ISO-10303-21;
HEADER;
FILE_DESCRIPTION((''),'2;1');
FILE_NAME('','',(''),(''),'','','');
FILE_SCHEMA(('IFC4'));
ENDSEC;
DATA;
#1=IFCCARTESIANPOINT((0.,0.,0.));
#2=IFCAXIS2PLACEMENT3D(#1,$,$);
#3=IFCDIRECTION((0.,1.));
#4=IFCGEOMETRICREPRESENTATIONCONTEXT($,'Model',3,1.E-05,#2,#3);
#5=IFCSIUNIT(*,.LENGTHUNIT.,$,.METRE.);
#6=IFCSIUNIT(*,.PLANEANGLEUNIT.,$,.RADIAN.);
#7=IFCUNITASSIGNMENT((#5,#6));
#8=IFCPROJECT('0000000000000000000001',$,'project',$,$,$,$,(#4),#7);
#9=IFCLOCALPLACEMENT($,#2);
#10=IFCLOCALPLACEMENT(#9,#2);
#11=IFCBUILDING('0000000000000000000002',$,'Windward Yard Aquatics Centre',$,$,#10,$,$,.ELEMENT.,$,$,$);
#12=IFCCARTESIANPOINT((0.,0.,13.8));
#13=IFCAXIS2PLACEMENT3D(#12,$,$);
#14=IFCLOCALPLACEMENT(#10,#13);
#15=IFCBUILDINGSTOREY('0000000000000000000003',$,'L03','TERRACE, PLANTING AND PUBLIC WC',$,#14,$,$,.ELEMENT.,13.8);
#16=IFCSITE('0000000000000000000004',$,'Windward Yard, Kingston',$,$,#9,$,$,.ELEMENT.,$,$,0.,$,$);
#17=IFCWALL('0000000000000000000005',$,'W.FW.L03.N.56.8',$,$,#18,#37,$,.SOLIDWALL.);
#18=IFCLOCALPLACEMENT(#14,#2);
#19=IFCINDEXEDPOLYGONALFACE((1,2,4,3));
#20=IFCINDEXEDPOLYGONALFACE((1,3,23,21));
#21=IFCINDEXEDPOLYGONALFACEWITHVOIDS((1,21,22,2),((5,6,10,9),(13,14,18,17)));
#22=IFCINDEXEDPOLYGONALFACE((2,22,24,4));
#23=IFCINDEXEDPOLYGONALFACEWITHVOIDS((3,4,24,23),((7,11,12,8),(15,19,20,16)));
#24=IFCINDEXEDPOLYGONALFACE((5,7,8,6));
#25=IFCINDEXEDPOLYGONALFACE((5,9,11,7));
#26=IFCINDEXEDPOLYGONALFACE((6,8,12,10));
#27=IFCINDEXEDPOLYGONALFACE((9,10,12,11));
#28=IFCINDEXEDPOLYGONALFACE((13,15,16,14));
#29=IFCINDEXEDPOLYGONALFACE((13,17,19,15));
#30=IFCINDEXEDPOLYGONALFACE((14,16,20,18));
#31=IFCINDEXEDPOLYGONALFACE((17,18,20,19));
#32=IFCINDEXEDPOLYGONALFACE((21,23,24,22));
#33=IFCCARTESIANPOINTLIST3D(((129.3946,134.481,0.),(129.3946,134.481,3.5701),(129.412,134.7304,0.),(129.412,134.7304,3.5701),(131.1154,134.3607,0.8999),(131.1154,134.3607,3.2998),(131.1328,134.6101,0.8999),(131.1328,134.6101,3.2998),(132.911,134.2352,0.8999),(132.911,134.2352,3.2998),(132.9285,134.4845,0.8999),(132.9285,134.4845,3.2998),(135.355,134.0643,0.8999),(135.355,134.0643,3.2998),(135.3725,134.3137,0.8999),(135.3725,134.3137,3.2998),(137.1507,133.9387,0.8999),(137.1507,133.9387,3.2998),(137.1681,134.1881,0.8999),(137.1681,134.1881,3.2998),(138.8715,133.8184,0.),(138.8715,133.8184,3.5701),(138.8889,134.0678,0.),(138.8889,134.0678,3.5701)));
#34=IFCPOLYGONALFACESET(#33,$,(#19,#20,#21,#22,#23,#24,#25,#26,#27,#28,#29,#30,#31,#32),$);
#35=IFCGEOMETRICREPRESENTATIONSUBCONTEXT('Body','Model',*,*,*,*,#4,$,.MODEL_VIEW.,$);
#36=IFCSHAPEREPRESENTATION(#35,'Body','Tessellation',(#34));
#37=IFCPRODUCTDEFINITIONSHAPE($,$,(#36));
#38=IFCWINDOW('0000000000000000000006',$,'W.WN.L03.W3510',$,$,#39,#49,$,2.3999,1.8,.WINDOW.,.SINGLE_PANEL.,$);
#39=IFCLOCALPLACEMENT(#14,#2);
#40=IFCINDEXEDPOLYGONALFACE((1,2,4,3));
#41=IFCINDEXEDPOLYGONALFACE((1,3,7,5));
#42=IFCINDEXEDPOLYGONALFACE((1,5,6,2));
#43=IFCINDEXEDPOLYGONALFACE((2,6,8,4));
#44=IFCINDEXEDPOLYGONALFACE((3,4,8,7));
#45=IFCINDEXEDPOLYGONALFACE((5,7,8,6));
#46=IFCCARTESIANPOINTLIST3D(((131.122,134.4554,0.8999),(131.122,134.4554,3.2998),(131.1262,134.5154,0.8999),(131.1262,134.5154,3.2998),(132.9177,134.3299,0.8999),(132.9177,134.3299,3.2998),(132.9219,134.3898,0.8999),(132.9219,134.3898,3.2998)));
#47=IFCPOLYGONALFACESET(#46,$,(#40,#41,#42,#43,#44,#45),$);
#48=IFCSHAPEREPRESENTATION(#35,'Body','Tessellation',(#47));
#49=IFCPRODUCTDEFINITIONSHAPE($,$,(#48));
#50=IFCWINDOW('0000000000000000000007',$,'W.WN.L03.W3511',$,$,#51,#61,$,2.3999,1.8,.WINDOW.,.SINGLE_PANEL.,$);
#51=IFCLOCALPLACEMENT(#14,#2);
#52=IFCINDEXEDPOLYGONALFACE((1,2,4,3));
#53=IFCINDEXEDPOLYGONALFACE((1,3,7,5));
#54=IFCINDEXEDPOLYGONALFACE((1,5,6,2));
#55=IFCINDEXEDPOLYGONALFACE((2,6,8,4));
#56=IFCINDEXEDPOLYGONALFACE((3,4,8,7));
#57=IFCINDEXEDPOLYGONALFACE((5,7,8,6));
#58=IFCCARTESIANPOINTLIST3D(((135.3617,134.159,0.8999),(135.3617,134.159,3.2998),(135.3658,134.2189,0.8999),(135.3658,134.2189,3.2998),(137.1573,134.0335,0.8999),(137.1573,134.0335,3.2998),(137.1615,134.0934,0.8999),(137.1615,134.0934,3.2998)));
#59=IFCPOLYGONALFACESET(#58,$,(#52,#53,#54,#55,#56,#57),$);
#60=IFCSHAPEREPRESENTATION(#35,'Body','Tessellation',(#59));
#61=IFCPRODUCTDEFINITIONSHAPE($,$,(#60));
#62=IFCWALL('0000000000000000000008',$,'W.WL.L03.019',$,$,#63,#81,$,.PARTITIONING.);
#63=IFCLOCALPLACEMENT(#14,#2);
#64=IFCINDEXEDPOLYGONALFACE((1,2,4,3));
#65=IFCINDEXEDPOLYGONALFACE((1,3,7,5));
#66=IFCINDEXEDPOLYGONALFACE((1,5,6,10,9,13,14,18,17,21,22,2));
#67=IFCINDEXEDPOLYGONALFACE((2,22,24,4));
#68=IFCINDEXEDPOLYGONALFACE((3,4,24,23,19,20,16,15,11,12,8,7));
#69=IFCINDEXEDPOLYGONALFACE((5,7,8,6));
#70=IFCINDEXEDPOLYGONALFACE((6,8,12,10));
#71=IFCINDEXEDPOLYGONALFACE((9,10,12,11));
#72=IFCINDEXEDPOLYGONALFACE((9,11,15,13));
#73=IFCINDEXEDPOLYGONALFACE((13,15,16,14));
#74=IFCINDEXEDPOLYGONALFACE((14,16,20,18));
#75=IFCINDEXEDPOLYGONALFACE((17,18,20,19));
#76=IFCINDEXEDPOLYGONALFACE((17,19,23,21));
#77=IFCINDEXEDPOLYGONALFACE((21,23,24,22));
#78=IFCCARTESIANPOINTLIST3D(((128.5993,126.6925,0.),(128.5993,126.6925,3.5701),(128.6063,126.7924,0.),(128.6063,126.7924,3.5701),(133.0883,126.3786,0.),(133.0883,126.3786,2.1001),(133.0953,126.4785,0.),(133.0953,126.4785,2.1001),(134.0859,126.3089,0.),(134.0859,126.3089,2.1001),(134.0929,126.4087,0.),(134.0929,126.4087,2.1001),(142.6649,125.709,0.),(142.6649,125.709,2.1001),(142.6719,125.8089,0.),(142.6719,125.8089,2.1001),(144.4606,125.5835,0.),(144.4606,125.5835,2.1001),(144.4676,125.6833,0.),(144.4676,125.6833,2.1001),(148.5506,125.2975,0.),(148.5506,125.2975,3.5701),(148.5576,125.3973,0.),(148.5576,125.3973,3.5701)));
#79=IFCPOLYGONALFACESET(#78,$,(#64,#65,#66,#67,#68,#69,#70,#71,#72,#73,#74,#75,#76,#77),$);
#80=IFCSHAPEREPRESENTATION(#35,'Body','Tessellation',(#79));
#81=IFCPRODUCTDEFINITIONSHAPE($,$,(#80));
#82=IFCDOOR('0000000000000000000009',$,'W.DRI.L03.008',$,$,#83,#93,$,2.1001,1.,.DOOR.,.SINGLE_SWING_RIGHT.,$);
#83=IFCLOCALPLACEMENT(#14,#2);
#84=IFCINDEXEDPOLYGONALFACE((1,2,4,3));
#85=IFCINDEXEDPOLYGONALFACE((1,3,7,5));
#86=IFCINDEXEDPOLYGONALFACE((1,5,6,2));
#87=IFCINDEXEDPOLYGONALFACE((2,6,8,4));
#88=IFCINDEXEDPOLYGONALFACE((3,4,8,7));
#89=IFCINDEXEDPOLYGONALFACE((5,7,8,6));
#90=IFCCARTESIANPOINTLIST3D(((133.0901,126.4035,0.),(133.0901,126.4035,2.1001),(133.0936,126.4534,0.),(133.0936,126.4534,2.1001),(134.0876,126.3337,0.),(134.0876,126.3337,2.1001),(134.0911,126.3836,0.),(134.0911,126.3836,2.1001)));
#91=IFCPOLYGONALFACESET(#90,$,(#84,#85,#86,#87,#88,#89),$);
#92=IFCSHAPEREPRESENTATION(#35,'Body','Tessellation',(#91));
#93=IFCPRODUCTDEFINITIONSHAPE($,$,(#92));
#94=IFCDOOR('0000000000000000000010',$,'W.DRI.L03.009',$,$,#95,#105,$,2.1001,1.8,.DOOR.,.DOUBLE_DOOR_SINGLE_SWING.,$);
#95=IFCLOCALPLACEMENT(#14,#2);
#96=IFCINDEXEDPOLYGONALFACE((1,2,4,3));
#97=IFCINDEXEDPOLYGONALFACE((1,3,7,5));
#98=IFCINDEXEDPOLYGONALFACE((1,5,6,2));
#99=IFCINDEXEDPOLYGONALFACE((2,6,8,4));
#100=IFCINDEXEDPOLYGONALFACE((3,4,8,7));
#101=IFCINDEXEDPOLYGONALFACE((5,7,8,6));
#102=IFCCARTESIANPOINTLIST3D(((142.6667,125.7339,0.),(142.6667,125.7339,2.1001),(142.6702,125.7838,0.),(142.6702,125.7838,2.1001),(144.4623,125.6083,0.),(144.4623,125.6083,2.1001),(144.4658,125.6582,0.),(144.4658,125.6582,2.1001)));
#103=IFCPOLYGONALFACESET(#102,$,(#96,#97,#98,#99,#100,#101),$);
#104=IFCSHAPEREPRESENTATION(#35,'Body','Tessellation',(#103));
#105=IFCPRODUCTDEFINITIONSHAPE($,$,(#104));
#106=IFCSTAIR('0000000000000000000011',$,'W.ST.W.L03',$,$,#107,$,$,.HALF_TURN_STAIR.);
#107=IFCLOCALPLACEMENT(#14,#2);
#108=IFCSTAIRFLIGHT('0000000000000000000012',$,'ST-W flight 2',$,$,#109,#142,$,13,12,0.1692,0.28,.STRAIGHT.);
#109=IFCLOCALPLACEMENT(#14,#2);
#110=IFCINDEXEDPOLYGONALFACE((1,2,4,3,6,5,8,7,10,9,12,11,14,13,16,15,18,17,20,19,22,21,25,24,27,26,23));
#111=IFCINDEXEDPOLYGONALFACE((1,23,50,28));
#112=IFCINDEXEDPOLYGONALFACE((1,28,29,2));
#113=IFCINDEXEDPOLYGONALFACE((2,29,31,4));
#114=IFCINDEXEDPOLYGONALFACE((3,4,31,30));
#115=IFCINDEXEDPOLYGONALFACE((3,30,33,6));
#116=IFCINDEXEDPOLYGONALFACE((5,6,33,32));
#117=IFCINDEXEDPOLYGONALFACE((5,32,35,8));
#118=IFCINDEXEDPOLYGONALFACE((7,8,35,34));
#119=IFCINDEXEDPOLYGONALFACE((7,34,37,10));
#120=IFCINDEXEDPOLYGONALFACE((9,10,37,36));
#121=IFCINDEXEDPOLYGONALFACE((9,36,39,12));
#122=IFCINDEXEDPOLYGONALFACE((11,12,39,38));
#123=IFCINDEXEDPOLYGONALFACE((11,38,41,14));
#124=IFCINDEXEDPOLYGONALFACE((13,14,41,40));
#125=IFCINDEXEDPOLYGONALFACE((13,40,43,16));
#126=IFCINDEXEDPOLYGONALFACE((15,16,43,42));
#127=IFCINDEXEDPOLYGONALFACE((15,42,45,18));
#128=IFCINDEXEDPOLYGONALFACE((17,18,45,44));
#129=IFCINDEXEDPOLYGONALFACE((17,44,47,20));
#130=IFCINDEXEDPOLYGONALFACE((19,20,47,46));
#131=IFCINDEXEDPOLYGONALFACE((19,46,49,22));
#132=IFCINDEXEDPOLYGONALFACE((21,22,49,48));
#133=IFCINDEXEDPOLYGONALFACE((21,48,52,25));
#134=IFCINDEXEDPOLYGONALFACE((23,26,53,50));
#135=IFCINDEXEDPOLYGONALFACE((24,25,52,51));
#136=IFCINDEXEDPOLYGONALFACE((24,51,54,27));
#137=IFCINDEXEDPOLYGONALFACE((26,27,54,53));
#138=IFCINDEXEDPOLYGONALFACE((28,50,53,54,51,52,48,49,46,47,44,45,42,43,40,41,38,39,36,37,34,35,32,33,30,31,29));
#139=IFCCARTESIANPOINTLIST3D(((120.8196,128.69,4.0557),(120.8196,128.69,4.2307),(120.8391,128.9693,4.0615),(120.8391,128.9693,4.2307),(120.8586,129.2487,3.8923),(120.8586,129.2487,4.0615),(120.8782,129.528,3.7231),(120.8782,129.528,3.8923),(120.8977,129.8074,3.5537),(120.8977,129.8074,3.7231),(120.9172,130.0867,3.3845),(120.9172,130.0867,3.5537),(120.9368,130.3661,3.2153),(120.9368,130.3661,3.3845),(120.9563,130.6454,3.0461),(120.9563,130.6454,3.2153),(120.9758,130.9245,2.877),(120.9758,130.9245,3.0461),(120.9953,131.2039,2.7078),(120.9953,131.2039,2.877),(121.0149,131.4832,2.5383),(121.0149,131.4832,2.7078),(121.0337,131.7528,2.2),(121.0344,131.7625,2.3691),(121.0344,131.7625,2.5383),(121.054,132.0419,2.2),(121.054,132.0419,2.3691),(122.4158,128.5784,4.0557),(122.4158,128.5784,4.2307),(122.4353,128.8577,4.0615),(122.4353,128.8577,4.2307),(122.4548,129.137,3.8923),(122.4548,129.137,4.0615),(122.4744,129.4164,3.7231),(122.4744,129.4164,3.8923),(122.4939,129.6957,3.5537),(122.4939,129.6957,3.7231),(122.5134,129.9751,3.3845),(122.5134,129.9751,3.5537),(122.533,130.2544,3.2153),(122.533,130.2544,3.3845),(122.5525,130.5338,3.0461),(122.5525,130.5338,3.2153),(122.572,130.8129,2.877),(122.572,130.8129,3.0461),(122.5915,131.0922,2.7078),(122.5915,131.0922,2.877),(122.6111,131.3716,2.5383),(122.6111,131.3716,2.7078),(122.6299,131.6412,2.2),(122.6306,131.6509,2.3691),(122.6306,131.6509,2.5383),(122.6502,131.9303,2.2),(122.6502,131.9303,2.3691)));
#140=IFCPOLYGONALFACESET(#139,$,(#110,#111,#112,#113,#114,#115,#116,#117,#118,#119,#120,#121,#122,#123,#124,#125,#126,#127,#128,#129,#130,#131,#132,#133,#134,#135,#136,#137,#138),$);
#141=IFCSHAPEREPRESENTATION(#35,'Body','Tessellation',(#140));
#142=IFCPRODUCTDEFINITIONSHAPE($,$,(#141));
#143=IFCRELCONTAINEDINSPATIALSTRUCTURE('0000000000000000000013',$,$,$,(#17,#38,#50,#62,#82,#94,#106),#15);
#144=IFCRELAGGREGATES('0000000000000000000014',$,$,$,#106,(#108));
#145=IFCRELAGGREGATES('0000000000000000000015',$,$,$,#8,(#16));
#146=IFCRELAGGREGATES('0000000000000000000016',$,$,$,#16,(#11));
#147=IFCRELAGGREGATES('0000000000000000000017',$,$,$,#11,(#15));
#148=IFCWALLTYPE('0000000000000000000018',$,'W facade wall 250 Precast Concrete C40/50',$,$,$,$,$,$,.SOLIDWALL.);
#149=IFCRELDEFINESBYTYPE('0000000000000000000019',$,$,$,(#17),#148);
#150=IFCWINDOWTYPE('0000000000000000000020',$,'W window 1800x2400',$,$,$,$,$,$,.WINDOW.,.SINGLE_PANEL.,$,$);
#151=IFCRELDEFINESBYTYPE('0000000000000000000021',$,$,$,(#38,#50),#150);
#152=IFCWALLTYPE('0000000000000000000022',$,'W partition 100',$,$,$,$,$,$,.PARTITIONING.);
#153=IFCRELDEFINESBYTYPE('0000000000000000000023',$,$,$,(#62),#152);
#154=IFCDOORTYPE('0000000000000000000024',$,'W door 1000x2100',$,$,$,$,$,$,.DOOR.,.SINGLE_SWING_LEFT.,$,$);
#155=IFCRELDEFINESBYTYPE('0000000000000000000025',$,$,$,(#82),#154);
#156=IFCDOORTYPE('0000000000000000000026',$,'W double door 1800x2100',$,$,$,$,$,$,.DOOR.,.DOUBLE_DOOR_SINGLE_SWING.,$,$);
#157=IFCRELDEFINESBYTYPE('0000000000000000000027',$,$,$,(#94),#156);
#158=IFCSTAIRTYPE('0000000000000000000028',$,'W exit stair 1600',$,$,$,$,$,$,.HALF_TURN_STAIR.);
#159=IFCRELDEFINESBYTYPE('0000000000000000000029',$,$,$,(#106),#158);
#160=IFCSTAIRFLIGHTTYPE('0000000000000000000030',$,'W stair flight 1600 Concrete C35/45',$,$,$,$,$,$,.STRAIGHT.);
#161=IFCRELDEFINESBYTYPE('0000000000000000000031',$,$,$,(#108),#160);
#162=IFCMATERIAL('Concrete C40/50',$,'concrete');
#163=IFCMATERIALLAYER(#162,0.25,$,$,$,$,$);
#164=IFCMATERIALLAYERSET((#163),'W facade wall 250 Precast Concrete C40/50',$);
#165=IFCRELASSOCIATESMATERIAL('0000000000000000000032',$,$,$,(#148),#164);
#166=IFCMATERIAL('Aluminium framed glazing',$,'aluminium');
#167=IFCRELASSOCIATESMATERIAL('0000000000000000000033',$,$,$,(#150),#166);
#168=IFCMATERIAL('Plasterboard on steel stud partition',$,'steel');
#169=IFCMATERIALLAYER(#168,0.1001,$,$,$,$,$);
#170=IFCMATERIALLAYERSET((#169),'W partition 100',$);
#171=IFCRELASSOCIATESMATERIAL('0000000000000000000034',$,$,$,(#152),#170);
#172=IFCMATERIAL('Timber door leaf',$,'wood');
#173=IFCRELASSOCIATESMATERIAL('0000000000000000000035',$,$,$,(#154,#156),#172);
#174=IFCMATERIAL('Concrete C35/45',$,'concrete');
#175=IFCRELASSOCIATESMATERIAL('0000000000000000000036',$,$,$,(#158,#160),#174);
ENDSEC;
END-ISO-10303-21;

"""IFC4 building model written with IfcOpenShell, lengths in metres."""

from ifc_helpers import new_model, si_unit, direction, frame, frame_2d, origin, place, context, subcontext, project, spatial, polyline, rectangle, outline, extrude, material, layer, layer_set, type_object, element, fill, aggregate, save


model = new_model("IFC4")

# Units and contexts
model_context = context("Model", 3, precision=1e-05, world=origin(), true_north=direction((0.0, 1.0)))
body_context = subcontext(model_context, "Body", "Model", "MODEL_VIEW")
ifc_project = project(units=[si_unit("LENGTHUNIT", "METRE"), si_unit("PLANEANGLEUNIT", "RADIAN")], contexts=[model_context])

# Site, building, storey
site_placement = place(None, origin())
site = spatial("IfcSite", under=ifc_project, at=site_placement, Name="Windward Yard, Kingston", CompositionType="ELEMENT", RefElevation=0.0)
building_placement = place(site_placement, origin())
building = spatial("IfcBuilding", under=site, at=building_placement, Name="Windward Yard Aquatics Centre", CompositionType="ELEMENT")
storey_placement = place(building_placement, frame((0.0, 0.0, 13.8)))
storey = spatial("IfcBuildingStorey", under=building, at=storey_placement, Name="L03", Description="TERRACE, PLANTING AND PUBLIC WC", CompositionType="ELEMENT", Elevation=13.8)

# Shared definitions
ifc_material_1 = material(Name="Concrete C40/50", Category="concrete")

# Wall, openings, windows
ifc_layer_1 = layer(ifc_material_1, 0.25)
ifc_layer_set_1 = layer_set([ifc_layer_1], Name="W facade wall 250 Precast Concrete C40/50")
wall_type_1 = type_object("IfcWallType", Name="W facade wall 250 Precast Concrete C40/50", PredefinedType="SOLIDWALL", material=ifc_layer_set_1)
wall_1_placement = place(storey_placement, frame((129.4033, 134.6057, 0.0), z_axis=(0.0, 0.0, 1.0), x_axis=(0.997565, -0.069748, 0.0)))
wall_1 = element("IfcWall", 1, at=wall_1_placement, inside=storey, type_object=wall_type_1, Name="W.FW.L03.N.56.8", PredefinedType="SOLIDWALL", context=body_context, shape_type="SweptSolid", body=[
    extrude(rectangle(XDim=9.5, YDim=0.25, at=frame_2d((4.75, 0.0))), origin(), (0.0, 0.0, 1.0), 3.5701),
])
opening_1_placement = place(wall_1_placement, frame((1.7251, 0.0, 0.8999)))
opening_1 = element("IfcOpeningElement", 2, at=opening_1_placement, cuts=wall_1, PredefinedType="OPENING", context=body_context, shape_type="SweptSolid", body=[
    extrude(rectangle(XDim=1.8, YDim=2.3999, at=frame_2d((0.8999, 1.2))), frame((0.0, 0.135, 0.0), z_axis=(0.0, -1.0, 0.0), x_axis=(1.0, 0.0, 0.0)), (0.0, 0.0, 1.0), 0.27),
])
opening_2_placement = place(wall_1_placement, frame((5.9751, 0.0, 0.8999)))
opening_2 = element("IfcOpeningElement", 3, at=opening_2_placement, cuts=wall_1, PredefinedType="OPENING", context=body_context, shape_type="SweptSolid", body=[
    extrude(rectangle(XDim=1.8, YDim=2.3999, at=frame_2d((0.8999, 1.2))), frame((0.0, 0.135, 0.0), z_axis=(0.0, -1.0, 0.0), x_axis=(1.0, 0.0, 0.0)), (0.0, 0.0, 1.0), 0.27),
])
ifc_material_2 = material(Name="Aluminium framed glazing", Category="aluminium")
window_type = type_object("IfcWindowType", Name="W window 1800x2400", PartitioningType="SINGLE_PANEL", PredefinedType="WINDOW", material=ifc_material_2)
window_1_placement = place(opening_1_placement, origin())
window_1 = element("IfcWindow", 4, at=window_1_placement, inside=storey, type_object=window_type, Name="W.WN.L03.W3510", OverallHeight=2.3999, OverallWidth=1.8, PartitioningType="SINGLE_PANEL", PredefinedType="WINDOW", context=body_context, shape_type="SweptSolid", body=[
    extrude(rectangle(XDim=1.8, YDim=2.3999, at=frame_2d((0.8999, 1.2))), frame((0.0, 0.03, 0.0), z_axis=(0.0, -1.0, 0.0), x_axis=(1.0, 0.0, 0.0)), (0.0, 0.0, 1.0), 0.0601),
])
fill(opening_1, window_1)
window_2_placement = place(opening_2_placement, origin())
window_2 = element("IfcWindow", 5, at=window_2_placement, inside=storey, type_object=window_type, Name="W.WN.L03.W3511", OverallHeight=2.3999, OverallWidth=1.8, PartitioningType="SINGLE_PANEL", PredefinedType="WINDOW", context=body_context, shape_type="SweptSolid", body=[
    extrude(rectangle(XDim=1.8, YDim=2.3999, at=frame_2d((0.8999, 1.2))), frame((0.0, 0.03, 0.0), z_axis=(0.0, -1.0, 0.0), x_axis=(1.0, 0.0, 0.0)), (0.0, 0.0, 1.0), 0.0601),
])
fill(opening_2, window_2)

# Wall, openings, doors
ifc_material_3 = material(Name="Plasterboard on steel stud partition", Category="steel")
ifc_layer_2 = layer(ifc_material_3, 0.1001)
ifc_layer_set_2 = layer_set([ifc_layer_2], Name="W partition 100")
wall_type_2 = type_object("IfcWallType", Name="W partition 100", PredefinedType="PARTITIONING", material=ifc_layer_set_2)
wall_2_placement = place(storey_placement, frame((128.6028, 126.7424, 0.0), z_axis=(0.0, 0.0, 1.0), x_axis=(0.997564, -0.069751, 0.0)))
wall_2 = element("IfcWall", 6, at=wall_2_placement, inside=storey, type_object=wall_type_2, Name="W.WL.L03.019", PredefinedType="PARTITIONING", context=body_context, shape_type="SweptSolid", body=[
    extrude(rectangle(XDim=20.0, YDim=0.1001, at=frame_2d((10.0, 0.0))), origin(), (0.0, 0.0, 1.0), 3.5701),
])
opening_3_placement = place(wall_2_placement, frame((4.5, 0.0, 0.0)))
opening_3 = element("IfcOpeningElement", 7, at=opening_3_placement, cuts=wall_2, PredefinedType="OPENING", context=body_context, shape_type="SweptSolid", body=[
    extrude(rectangle(XDim=1.0, YDim=2.1001, at=frame_2d((0.5, 1.05))), frame((0.0, 0.0601, 0.0), z_axis=(0.0, -1.0, 0.0), x_axis=(1.0, 0.0, 0.0)), (0.0, 0.0, 1.0), 0.1201),
])
opening_4_placement = place(wall_2_placement, frame((14.1001, 0.0, 0.0)))
opening_4 = element("IfcOpeningElement", 8, at=opening_4_placement, cuts=wall_2, PredefinedType="OPENING", context=body_context, shape_type="SweptSolid", body=[
    extrude(rectangle(XDim=1.8, YDim=2.1001, at=frame_2d((0.8999, 1.05))), frame((0.0, 0.0601, 0.0), z_axis=(0.0, -1.0, 0.0), x_axis=(1.0, 0.0, 0.0)), (0.0, 0.0, 1.0), 0.1201),
])
ifc_material_4 = material(Name="Timber door leaf", Category="wood")
door_type_1 = type_object("IfcDoorType", Name="W door 1000x2100", OperationType="SINGLE_SWING_LEFT", PredefinedType="DOOR", material=ifc_material_4)
door_1_placement = place(opening_3_placement, origin())
door_1 = element("IfcDoor", 9, at=door_1_placement, inside=storey, type_object=door_type_1, Name="W.DRI.L03.008", OperationType="SINGLE_SWING_RIGHT", OverallHeight=2.1001, OverallWidth=1.0, PredefinedType="DOOR", context=body_context, shape_type="SweptSolid", body=[
    extrude(rectangle(XDim=1.0, YDim=2.1001, at=frame_2d((0.5, 1.05))), frame((0.0, 0.0249, 0.0), z_axis=(0.0, -1.0, 0.0), x_axis=(1.0, 0.0, 0.0)), (0.0, 0.0, 1.0), 0.05),
])
fill(opening_3, door_1)
door_type_2 = type_object("IfcDoorType", Name="W double door 1800x2100", OperationType="DOUBLE_DOOR_SINGLE_SWING", PredefinedType="DOOR", material=ifc_material_4)
door_2_placement = place(opening_4_placement, origin())
door_2 = element("IfcDoor", 10, at=door_2_placement, inside=storey, type_object=door_type_2, Name="W.DRI.L03.009", OperationType="DOUBLE_DOOR_SINGLE_SWING", OverallHeight=2.1001, OverallWidth=1.8, PredefinedType="DOOR", context=body_context, shape_type="SweptSolid", body=[
    extrude(rectangle(XDim=1.8, YDim=2.1001, at=frame_2d((0.8999, 1.05))), frame((0.0, 0.0249, 0.0), z_axis=(0.0, -1.0, 0.0), x_axis=(1.0, 0.0, 0.0)), (0.0, 0.0, 1.0), 0.05),
])
fill(opening_4, door_2)

# Stair, stair flight
ifc_material_5 = material(Name="Concrete C35/45", Category="concrete")
stair_type = type_object("IfcStairType", Name="W exit stair 1600", PredefinedType="HALF_TURN_STAIR", material=ifc_material_5)
stair_placement = place(storey_placement, origin())
stair = element("IfcStair", 11, at=stair_placement, inside=storey, type_object=stair_type, Name="W.ST.W.L03", PredefinedType="HALF_TURN_STAIR")
stair_flight_type = type_object("IfcStairFlightType", Name="W stair flight 1600 Concrete C35/45", PredefinedType="STRAIGHT", material=ifc_material_5)
stair_flight_placement = place(storey_placement, frame((121.8521, 131.9861, 2.2), z_axis=(0.0, 0.0, 1.0), x_axis=(-0.069756, -0.997564, 0.0)))
stair_flight = element("IfcStairFlight", 12, at=stair_flight_placement, type_object=stair_flight_type, Name="ST-W flight 2", NumberOfRisers=13, NumberOfTreads=12, PredefinedType="STRAIGHT", RiserHeight=0.1692, TreadLength=0.28, context=body_context, shape_type="SweptSolid", body=[
    extrude(outline(polyline([(0.0, 0.0), (0.0, 0.1692), (0.28, 0.1692), (0.28, 0.3384), (0.5601, 0.3384), (0.5601, 0.5078), (0.8401, 0.5078), (0.8401, 0.677), (1.1201, 0.677), (1.1201, 0.8462), (1.3999, 0.8462), (1.3999, 1.0154), (1.6799, 1.0154), (1.6799, 1.1846), (1.96, 1.1846), (1.96, 1.3538), (2.24, 1.3538), (2.24, 1.5232), (2.52, 1.5232), (2.52, 1.6924), (2.8, 1.6924), (2.8, 1.8616), (3.0801, 1.8616), (3.0801, 2.0308), (3.3601, 2.0308), (3.3601, 2.2), (3.3601, 1.8557), (0.2898, 0.0), (0.0, 0.0)])), frame((0.0, 0.8, 0.0), z_axis=(0.0, -1.0, 0.0), x_axis=(1.0, 0.0, 0.0)), (0.0, 0.0, 1.0), 1.6001),
])
aggregate(stair, [stair_flight])

save(model, "model.ifc")
